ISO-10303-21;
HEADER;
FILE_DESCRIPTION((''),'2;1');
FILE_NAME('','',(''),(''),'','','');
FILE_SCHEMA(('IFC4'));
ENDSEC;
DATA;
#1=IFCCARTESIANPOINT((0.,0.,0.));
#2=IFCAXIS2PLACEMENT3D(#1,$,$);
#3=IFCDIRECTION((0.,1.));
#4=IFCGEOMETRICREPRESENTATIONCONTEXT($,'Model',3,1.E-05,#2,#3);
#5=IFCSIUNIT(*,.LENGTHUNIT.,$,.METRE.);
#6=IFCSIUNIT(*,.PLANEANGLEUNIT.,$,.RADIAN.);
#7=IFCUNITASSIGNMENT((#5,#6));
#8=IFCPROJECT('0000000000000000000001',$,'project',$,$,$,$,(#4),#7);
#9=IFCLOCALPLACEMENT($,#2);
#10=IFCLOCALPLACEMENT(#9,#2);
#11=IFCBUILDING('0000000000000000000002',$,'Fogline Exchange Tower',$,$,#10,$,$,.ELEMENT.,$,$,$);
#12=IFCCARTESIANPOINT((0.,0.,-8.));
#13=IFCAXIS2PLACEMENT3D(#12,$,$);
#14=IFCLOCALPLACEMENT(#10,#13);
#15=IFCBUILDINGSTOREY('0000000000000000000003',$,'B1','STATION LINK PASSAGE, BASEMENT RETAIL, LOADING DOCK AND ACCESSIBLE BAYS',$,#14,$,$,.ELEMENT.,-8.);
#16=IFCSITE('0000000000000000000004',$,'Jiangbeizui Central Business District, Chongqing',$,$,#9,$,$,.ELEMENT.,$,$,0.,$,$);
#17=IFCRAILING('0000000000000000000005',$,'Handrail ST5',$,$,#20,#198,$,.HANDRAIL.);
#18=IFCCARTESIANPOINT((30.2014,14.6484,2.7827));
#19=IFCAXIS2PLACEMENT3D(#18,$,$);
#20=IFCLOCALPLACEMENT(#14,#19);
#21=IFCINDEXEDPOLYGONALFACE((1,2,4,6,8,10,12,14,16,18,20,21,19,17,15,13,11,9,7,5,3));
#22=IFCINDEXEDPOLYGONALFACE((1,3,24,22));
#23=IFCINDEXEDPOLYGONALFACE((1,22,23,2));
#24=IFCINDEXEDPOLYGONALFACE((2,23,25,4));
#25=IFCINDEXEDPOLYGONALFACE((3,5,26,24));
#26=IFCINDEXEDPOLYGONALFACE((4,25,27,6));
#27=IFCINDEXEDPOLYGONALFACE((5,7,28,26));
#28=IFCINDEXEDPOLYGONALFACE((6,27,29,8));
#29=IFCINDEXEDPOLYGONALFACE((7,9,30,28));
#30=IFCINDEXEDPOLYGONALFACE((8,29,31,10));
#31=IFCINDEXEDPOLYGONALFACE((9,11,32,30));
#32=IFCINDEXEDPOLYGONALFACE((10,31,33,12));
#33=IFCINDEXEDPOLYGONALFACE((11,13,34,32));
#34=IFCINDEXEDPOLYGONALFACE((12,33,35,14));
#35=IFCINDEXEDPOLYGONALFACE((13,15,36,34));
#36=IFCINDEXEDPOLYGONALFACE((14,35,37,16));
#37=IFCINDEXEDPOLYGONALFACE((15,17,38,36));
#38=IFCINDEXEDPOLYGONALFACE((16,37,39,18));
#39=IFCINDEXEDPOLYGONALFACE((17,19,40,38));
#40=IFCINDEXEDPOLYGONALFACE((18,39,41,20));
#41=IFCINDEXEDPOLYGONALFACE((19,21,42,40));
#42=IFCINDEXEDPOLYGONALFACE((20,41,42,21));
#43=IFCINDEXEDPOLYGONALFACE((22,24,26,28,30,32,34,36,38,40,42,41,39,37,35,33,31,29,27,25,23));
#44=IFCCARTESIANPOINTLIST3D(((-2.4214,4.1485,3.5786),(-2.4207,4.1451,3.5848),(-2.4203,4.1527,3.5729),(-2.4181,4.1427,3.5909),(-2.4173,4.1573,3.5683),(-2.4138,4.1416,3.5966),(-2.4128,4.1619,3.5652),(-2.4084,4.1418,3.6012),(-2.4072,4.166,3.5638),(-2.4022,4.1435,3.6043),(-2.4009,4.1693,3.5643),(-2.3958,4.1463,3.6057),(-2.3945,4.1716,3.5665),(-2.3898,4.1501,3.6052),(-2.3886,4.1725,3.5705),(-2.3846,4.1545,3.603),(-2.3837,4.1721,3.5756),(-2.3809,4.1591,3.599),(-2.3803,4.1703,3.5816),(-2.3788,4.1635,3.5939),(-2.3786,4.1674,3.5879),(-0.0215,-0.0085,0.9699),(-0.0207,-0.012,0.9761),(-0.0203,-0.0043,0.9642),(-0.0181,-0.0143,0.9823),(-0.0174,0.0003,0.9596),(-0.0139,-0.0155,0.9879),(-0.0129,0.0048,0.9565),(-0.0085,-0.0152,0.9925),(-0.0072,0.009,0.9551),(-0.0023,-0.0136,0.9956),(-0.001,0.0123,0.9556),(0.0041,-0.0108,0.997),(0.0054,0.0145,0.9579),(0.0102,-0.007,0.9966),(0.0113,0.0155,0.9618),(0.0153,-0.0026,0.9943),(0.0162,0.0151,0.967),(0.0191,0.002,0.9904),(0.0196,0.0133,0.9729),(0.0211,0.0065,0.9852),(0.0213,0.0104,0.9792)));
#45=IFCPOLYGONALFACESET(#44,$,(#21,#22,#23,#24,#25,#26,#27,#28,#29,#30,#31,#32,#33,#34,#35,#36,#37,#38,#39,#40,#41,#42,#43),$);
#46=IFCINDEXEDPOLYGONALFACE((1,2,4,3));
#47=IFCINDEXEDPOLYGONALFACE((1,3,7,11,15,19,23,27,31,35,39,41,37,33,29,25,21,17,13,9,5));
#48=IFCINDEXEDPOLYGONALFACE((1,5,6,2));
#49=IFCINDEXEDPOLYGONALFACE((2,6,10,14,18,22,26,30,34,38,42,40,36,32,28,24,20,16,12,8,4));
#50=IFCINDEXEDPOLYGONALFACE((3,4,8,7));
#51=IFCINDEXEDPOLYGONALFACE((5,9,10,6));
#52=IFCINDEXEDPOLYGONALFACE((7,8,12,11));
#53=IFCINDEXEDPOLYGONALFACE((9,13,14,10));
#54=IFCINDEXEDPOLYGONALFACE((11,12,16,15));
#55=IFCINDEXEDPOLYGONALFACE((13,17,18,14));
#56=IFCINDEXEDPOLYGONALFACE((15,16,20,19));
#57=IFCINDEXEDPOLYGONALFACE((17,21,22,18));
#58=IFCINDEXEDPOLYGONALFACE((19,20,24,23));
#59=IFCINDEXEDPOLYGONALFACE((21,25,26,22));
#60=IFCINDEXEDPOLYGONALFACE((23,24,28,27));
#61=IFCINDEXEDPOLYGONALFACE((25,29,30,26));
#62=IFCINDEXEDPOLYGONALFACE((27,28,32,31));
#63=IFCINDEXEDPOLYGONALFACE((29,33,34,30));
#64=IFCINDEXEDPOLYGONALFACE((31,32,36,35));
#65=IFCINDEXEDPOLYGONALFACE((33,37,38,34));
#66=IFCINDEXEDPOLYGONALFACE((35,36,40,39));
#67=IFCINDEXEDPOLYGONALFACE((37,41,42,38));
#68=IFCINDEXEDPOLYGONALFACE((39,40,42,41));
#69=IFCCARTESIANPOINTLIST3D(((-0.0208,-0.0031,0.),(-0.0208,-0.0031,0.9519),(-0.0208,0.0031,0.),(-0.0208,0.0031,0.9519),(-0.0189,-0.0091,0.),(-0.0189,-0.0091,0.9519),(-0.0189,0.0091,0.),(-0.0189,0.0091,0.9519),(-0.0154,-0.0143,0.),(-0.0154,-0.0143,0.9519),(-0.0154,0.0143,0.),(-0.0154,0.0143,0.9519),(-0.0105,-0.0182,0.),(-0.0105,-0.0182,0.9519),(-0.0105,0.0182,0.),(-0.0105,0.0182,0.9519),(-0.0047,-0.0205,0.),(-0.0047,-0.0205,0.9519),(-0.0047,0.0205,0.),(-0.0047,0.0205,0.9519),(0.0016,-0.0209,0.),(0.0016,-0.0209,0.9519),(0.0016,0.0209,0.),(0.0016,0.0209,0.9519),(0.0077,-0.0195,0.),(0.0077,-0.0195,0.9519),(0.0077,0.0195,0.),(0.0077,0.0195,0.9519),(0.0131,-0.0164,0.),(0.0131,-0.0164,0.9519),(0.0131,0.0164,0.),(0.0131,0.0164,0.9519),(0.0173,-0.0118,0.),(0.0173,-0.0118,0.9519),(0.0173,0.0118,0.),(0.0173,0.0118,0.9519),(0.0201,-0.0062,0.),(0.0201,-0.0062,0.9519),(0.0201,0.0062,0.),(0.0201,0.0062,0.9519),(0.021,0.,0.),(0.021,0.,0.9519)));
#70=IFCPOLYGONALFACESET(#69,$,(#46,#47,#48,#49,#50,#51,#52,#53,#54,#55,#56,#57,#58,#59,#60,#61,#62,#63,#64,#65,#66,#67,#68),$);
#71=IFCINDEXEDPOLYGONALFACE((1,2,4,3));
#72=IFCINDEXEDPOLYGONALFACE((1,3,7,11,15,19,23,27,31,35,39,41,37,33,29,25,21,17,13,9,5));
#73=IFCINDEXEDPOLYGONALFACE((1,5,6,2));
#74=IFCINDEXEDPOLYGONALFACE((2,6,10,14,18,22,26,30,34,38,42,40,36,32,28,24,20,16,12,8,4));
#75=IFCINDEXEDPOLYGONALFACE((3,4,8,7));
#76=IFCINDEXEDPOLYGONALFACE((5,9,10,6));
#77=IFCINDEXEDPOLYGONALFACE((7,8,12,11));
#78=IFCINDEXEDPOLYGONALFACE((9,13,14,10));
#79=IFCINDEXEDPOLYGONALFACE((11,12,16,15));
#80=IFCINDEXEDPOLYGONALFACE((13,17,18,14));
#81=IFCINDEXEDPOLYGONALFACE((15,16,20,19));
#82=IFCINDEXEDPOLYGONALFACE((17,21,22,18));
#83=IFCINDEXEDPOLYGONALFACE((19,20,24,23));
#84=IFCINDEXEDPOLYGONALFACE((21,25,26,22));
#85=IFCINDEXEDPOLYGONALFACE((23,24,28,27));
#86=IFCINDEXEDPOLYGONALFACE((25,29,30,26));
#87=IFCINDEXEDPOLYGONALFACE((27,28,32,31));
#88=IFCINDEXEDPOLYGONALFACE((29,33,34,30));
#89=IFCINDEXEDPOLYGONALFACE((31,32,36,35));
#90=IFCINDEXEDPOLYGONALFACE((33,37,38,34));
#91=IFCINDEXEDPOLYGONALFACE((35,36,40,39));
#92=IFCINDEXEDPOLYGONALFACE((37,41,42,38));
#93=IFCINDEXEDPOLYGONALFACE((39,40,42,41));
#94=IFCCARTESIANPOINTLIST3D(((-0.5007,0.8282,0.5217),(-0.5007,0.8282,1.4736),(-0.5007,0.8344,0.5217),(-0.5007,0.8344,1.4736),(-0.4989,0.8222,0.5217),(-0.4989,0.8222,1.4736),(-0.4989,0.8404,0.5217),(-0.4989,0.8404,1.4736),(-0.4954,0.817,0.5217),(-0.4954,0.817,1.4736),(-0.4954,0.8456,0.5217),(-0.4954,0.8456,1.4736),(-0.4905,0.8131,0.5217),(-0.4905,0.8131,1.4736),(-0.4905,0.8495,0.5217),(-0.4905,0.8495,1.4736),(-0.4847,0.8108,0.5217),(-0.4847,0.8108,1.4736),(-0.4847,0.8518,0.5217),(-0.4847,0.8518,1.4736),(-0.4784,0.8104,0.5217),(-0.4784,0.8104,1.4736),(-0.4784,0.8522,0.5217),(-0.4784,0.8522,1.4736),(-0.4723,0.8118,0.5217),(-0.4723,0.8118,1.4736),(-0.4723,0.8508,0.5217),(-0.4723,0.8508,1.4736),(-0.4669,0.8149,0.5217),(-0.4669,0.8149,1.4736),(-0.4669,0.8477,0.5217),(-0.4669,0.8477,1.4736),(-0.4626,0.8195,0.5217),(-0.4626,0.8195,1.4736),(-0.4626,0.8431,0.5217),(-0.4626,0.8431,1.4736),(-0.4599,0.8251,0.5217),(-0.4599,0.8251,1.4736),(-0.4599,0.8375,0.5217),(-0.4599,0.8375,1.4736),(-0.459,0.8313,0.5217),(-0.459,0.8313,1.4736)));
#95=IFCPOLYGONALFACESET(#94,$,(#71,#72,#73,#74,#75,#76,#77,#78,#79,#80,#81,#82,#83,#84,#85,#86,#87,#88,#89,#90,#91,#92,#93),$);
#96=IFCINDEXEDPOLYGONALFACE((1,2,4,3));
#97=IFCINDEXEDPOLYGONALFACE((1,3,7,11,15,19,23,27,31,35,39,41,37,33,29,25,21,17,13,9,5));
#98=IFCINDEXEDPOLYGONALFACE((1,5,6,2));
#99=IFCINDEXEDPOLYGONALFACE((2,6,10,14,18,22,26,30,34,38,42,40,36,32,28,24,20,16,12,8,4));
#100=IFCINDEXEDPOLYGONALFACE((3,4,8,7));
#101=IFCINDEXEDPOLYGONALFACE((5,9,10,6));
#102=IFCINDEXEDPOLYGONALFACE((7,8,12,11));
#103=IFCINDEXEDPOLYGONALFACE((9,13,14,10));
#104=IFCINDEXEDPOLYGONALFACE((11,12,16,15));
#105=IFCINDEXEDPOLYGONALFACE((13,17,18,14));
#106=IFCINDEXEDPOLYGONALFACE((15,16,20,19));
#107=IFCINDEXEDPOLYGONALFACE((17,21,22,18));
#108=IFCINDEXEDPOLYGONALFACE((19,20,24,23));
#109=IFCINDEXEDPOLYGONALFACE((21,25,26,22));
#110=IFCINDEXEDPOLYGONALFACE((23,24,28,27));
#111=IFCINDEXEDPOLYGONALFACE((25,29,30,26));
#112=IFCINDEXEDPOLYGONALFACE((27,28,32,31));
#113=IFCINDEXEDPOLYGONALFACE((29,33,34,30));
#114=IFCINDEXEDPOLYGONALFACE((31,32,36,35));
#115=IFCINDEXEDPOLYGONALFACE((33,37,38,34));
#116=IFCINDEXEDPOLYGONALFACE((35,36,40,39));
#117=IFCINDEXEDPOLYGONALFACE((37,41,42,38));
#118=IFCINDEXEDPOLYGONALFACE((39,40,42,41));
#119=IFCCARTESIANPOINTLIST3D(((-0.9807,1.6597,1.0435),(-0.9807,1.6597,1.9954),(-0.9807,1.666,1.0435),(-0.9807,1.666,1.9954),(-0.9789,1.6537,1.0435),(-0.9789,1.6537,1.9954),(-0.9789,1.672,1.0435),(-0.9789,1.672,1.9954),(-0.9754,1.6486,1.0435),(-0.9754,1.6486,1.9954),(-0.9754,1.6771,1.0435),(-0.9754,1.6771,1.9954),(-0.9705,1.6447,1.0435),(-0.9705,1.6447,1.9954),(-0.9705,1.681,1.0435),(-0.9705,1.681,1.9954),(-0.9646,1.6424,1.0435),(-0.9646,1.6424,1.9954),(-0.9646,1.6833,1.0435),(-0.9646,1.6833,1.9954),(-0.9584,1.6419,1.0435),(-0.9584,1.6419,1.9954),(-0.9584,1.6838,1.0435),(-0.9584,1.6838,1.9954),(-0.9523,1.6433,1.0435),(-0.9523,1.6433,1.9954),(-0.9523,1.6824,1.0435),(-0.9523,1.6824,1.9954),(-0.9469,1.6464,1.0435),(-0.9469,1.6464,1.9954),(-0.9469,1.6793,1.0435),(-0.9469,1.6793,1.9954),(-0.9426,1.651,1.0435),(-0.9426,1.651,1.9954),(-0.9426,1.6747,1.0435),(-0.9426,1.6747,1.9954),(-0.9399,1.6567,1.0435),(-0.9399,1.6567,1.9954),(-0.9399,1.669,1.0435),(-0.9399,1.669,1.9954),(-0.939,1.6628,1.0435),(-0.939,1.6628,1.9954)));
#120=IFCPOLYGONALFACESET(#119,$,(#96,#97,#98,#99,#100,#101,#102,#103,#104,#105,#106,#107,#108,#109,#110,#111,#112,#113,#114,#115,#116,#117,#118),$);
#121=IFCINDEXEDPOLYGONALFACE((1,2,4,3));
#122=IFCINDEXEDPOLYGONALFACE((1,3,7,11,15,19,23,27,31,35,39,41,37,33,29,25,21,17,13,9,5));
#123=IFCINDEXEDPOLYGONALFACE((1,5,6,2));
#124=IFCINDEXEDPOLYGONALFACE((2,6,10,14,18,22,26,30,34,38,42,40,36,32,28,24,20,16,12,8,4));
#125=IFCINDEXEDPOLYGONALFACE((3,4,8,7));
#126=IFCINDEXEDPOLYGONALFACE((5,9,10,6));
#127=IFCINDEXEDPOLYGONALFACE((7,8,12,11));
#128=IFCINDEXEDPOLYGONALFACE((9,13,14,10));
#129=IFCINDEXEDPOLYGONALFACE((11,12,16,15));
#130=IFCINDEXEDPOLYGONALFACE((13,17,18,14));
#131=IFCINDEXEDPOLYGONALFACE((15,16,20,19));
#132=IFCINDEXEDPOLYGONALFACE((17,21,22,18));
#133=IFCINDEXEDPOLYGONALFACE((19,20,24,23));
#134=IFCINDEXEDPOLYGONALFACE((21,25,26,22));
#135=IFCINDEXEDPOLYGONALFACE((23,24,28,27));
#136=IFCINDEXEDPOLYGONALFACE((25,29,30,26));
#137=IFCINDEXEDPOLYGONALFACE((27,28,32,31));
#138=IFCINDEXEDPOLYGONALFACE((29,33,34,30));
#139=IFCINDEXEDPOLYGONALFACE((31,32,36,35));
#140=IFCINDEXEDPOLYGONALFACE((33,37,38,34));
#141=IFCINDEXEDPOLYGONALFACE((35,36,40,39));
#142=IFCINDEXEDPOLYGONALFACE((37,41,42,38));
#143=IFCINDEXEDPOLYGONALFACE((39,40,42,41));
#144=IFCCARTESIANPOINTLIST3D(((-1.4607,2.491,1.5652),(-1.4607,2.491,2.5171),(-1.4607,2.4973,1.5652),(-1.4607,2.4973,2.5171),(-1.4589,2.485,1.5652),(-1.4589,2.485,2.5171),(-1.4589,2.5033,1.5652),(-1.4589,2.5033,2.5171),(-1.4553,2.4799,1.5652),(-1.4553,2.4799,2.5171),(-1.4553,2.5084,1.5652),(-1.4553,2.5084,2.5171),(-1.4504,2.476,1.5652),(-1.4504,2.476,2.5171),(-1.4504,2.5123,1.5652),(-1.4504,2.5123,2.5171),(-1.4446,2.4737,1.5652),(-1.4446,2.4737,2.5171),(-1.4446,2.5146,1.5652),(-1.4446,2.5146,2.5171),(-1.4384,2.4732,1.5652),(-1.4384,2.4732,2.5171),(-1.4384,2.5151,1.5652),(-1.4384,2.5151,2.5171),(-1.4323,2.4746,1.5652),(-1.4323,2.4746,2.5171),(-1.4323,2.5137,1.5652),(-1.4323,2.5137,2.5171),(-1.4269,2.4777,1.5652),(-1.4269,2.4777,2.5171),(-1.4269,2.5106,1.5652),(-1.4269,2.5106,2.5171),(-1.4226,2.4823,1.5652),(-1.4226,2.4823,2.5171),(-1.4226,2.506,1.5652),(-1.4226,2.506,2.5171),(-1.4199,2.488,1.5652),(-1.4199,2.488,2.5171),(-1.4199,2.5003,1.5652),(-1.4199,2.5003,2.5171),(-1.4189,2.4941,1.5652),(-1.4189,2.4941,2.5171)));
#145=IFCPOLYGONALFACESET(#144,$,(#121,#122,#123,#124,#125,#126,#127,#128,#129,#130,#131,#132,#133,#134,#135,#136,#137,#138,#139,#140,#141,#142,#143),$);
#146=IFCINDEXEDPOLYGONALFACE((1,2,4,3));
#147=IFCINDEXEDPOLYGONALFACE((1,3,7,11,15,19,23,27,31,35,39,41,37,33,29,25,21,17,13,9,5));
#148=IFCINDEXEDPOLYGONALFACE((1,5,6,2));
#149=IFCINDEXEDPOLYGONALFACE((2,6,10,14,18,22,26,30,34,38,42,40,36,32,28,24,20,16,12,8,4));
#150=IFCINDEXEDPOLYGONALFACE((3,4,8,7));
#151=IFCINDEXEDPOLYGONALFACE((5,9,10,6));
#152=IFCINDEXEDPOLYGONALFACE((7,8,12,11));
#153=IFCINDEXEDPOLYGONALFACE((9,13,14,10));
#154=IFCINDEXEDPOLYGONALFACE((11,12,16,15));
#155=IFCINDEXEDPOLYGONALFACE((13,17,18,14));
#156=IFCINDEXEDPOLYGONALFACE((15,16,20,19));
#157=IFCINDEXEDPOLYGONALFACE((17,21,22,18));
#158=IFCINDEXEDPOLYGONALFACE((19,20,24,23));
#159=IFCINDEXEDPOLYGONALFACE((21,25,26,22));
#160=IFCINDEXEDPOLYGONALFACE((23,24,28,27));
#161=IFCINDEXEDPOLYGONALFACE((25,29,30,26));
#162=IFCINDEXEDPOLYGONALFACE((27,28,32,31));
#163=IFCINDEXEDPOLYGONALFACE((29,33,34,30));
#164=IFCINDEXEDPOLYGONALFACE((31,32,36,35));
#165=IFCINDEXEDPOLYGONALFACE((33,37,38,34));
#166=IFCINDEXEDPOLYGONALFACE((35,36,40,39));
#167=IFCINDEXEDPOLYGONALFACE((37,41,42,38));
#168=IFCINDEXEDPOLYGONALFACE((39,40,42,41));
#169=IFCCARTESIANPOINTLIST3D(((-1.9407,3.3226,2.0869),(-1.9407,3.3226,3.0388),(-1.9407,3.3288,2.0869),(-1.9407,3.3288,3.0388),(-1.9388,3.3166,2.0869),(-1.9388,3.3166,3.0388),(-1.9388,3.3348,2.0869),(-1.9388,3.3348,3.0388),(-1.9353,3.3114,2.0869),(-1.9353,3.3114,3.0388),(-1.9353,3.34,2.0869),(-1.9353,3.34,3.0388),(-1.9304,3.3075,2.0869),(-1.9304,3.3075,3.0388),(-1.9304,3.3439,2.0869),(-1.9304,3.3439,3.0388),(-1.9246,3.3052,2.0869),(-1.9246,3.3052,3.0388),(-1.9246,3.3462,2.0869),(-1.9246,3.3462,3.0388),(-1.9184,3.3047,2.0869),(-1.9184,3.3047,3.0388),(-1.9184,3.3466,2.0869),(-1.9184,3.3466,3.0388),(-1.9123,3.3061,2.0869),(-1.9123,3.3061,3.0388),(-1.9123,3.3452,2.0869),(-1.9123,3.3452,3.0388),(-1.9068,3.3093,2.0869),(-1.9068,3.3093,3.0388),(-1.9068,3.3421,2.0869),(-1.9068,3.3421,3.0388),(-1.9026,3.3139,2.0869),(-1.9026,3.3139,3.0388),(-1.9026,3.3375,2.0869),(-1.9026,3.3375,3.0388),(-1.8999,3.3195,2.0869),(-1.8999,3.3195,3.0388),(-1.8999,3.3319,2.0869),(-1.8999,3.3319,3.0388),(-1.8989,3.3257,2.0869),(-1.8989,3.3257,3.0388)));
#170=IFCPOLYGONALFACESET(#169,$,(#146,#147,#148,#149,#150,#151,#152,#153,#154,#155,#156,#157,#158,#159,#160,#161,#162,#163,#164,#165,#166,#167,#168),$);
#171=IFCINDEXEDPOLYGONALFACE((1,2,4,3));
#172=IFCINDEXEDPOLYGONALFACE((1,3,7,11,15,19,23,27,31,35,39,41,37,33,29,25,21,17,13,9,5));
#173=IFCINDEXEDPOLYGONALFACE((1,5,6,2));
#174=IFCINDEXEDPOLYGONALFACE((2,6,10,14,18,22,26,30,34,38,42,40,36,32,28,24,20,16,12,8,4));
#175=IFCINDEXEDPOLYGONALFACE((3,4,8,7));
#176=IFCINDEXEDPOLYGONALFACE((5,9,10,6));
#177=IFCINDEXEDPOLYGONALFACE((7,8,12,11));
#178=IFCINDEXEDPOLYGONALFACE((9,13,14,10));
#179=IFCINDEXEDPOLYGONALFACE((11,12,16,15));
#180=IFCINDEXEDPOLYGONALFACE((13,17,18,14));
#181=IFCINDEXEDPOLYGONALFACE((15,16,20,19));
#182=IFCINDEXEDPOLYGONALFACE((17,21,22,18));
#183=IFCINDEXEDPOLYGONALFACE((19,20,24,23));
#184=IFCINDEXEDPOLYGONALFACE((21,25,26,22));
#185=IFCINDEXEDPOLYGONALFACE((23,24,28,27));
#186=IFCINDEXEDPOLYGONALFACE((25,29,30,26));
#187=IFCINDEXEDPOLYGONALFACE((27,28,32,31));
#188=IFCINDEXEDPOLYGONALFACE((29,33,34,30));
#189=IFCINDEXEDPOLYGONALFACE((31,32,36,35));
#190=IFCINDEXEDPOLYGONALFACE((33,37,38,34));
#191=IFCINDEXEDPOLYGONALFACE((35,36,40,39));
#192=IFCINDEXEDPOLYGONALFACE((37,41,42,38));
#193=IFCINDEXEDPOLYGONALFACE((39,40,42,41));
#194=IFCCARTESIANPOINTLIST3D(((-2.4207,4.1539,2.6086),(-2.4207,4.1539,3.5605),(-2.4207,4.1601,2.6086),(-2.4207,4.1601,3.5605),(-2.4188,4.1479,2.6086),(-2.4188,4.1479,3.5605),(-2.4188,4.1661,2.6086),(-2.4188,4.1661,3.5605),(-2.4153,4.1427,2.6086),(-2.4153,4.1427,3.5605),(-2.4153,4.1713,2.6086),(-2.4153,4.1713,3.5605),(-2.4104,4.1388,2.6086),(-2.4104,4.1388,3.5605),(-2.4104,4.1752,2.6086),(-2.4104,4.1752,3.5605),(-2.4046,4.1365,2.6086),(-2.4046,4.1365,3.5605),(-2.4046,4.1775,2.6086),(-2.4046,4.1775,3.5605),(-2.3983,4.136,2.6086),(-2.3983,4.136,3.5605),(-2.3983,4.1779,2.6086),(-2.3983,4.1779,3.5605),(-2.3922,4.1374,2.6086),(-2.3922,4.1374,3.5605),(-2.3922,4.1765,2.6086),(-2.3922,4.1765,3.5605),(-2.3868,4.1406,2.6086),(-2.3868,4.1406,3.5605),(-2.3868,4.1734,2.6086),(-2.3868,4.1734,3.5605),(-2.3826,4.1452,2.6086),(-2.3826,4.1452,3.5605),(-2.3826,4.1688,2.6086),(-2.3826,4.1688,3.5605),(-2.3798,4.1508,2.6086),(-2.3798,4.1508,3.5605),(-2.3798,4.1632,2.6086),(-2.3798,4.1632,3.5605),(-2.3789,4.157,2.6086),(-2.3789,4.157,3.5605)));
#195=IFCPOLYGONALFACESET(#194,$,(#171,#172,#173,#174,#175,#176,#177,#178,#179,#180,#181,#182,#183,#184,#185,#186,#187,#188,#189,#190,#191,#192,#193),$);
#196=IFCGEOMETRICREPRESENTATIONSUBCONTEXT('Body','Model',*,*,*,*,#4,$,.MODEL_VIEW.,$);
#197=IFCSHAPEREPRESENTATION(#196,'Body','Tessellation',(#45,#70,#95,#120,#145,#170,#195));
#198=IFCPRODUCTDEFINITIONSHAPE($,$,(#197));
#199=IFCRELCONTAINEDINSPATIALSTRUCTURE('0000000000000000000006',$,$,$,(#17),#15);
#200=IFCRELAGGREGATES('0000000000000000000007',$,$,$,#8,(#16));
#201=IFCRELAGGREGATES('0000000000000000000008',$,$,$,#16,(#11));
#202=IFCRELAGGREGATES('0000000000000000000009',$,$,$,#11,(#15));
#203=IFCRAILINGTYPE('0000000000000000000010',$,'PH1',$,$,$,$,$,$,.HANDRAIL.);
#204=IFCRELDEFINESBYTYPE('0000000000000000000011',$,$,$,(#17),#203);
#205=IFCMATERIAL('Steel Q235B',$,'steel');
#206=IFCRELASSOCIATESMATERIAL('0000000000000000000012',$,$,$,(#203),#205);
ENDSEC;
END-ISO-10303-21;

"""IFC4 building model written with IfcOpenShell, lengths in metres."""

from ifc_helpers import new_model, si_unit, direction, frame, origin, origin_2d, place, context, subcontext, project, spatial, circle, extrude, material, type_object, element, save


model = new_model("IFC4")

# Units and contexts
model_context = context("Model", 3, precision=1e-05, world=origin(), true_north=direction((0.0, 1.0)))
body_context = subcontext(model_context, "Body", "Model", "MODEL_VIEW")
ifc_project = project(units=[si_unit("LENGTHUNIT", "METRE"), si_unit("PLANEANGLEUNIT", "RADIAN")], contexts=[model_context])

# Site, building, storey
site_placement = place(None, origin())
site = spatial("IfcSite", under=ifc_project, at=site_placement, Name="Jiangbeizui Central Business District, Chongqing", CompositionType="ELEMENT", RefElevation=0.0)
building_placement = place(site_placement, origin())
building = spatial("IfcBuilding", under=site, at=building_placement, Name="Fogline Exchange Tower", CompositionType="ELEMENT")
storey_placement = place(building_placement, frame((0.0, 0.0, -8.0)))
storey = spatial("IfcBuildingStorey", under=building, at=storey_placement, Name="B1", Description="STATION LINK PASSAGE, BASEMENT RETAIL, LOADING DOCK AND ACCESSIBLE BAYS", CompositionType="ELEMENT", Elevation=-8.0)

# Shared definitions
ifc_material_1 = material(Name="Steel Q235B", Category="steel")

# Railing
railing_type_1 = type_object("IfcRailingType", Name="PH1", PredefinedType="HANDRAIL", material=ifc_material_1)
railing_1_placement = place(storey_placement, frame((30.2014, 14.6484, 2.7827)))
element("IfcRailing", 1, at=railing_1_placement, inside=storey, type_object=railing_type_1, Name="Handrail ST5", PredefinedType="HANDRAIL", context=body_context, shape_type="SweptSolid", body=[
    extrude(circle(Radius=0.0239, at=origin_2d()), frame((0.0, 0.0, 0.9761), z_axis=(-0.439296, 0.760925, 0.477506), x_axis=(-0.866037, -0.499979, 0.0)), (0.0, 0.0, 1.0), 5.4631),
    extrude(circle(Radius=0.021, at=origin_2d()), origin(), (0.0, 0.0, 1.0), 0.9519),
    extrude(circle(Radius=0.021, at=origin_2d()), frame((-0.48, 0.8313, 0.5217)), (0.0, 0.0, 1.0), 0.9519),
    extrude(circle(Radius=0.021, at=origin_2d()), frame((-0.96, 1.6628, 1.0435)), (0.0, 0.0, 1.0), 0.9519),
    extrude(circle(Radius=0.021, at=origin_2d()), frame((-1.4399, 2.4941, 1.5652)), (0.0, 0.0, 1.0), 0.9519),
    extrude(circle(Radius=0.021, at=origin_2d()), frame((-1.9199, 3.3257, 2.0869)), (0.0, 0.0, 1.0), 0.9519),
    extrude(circle(Radius=0.021, at=origin_2d()), frame((-2.3999, 4.157, 2.6086)), (0.0, 0.0, 1.0), 0.9519),
])

save(model, "model.ifc")
